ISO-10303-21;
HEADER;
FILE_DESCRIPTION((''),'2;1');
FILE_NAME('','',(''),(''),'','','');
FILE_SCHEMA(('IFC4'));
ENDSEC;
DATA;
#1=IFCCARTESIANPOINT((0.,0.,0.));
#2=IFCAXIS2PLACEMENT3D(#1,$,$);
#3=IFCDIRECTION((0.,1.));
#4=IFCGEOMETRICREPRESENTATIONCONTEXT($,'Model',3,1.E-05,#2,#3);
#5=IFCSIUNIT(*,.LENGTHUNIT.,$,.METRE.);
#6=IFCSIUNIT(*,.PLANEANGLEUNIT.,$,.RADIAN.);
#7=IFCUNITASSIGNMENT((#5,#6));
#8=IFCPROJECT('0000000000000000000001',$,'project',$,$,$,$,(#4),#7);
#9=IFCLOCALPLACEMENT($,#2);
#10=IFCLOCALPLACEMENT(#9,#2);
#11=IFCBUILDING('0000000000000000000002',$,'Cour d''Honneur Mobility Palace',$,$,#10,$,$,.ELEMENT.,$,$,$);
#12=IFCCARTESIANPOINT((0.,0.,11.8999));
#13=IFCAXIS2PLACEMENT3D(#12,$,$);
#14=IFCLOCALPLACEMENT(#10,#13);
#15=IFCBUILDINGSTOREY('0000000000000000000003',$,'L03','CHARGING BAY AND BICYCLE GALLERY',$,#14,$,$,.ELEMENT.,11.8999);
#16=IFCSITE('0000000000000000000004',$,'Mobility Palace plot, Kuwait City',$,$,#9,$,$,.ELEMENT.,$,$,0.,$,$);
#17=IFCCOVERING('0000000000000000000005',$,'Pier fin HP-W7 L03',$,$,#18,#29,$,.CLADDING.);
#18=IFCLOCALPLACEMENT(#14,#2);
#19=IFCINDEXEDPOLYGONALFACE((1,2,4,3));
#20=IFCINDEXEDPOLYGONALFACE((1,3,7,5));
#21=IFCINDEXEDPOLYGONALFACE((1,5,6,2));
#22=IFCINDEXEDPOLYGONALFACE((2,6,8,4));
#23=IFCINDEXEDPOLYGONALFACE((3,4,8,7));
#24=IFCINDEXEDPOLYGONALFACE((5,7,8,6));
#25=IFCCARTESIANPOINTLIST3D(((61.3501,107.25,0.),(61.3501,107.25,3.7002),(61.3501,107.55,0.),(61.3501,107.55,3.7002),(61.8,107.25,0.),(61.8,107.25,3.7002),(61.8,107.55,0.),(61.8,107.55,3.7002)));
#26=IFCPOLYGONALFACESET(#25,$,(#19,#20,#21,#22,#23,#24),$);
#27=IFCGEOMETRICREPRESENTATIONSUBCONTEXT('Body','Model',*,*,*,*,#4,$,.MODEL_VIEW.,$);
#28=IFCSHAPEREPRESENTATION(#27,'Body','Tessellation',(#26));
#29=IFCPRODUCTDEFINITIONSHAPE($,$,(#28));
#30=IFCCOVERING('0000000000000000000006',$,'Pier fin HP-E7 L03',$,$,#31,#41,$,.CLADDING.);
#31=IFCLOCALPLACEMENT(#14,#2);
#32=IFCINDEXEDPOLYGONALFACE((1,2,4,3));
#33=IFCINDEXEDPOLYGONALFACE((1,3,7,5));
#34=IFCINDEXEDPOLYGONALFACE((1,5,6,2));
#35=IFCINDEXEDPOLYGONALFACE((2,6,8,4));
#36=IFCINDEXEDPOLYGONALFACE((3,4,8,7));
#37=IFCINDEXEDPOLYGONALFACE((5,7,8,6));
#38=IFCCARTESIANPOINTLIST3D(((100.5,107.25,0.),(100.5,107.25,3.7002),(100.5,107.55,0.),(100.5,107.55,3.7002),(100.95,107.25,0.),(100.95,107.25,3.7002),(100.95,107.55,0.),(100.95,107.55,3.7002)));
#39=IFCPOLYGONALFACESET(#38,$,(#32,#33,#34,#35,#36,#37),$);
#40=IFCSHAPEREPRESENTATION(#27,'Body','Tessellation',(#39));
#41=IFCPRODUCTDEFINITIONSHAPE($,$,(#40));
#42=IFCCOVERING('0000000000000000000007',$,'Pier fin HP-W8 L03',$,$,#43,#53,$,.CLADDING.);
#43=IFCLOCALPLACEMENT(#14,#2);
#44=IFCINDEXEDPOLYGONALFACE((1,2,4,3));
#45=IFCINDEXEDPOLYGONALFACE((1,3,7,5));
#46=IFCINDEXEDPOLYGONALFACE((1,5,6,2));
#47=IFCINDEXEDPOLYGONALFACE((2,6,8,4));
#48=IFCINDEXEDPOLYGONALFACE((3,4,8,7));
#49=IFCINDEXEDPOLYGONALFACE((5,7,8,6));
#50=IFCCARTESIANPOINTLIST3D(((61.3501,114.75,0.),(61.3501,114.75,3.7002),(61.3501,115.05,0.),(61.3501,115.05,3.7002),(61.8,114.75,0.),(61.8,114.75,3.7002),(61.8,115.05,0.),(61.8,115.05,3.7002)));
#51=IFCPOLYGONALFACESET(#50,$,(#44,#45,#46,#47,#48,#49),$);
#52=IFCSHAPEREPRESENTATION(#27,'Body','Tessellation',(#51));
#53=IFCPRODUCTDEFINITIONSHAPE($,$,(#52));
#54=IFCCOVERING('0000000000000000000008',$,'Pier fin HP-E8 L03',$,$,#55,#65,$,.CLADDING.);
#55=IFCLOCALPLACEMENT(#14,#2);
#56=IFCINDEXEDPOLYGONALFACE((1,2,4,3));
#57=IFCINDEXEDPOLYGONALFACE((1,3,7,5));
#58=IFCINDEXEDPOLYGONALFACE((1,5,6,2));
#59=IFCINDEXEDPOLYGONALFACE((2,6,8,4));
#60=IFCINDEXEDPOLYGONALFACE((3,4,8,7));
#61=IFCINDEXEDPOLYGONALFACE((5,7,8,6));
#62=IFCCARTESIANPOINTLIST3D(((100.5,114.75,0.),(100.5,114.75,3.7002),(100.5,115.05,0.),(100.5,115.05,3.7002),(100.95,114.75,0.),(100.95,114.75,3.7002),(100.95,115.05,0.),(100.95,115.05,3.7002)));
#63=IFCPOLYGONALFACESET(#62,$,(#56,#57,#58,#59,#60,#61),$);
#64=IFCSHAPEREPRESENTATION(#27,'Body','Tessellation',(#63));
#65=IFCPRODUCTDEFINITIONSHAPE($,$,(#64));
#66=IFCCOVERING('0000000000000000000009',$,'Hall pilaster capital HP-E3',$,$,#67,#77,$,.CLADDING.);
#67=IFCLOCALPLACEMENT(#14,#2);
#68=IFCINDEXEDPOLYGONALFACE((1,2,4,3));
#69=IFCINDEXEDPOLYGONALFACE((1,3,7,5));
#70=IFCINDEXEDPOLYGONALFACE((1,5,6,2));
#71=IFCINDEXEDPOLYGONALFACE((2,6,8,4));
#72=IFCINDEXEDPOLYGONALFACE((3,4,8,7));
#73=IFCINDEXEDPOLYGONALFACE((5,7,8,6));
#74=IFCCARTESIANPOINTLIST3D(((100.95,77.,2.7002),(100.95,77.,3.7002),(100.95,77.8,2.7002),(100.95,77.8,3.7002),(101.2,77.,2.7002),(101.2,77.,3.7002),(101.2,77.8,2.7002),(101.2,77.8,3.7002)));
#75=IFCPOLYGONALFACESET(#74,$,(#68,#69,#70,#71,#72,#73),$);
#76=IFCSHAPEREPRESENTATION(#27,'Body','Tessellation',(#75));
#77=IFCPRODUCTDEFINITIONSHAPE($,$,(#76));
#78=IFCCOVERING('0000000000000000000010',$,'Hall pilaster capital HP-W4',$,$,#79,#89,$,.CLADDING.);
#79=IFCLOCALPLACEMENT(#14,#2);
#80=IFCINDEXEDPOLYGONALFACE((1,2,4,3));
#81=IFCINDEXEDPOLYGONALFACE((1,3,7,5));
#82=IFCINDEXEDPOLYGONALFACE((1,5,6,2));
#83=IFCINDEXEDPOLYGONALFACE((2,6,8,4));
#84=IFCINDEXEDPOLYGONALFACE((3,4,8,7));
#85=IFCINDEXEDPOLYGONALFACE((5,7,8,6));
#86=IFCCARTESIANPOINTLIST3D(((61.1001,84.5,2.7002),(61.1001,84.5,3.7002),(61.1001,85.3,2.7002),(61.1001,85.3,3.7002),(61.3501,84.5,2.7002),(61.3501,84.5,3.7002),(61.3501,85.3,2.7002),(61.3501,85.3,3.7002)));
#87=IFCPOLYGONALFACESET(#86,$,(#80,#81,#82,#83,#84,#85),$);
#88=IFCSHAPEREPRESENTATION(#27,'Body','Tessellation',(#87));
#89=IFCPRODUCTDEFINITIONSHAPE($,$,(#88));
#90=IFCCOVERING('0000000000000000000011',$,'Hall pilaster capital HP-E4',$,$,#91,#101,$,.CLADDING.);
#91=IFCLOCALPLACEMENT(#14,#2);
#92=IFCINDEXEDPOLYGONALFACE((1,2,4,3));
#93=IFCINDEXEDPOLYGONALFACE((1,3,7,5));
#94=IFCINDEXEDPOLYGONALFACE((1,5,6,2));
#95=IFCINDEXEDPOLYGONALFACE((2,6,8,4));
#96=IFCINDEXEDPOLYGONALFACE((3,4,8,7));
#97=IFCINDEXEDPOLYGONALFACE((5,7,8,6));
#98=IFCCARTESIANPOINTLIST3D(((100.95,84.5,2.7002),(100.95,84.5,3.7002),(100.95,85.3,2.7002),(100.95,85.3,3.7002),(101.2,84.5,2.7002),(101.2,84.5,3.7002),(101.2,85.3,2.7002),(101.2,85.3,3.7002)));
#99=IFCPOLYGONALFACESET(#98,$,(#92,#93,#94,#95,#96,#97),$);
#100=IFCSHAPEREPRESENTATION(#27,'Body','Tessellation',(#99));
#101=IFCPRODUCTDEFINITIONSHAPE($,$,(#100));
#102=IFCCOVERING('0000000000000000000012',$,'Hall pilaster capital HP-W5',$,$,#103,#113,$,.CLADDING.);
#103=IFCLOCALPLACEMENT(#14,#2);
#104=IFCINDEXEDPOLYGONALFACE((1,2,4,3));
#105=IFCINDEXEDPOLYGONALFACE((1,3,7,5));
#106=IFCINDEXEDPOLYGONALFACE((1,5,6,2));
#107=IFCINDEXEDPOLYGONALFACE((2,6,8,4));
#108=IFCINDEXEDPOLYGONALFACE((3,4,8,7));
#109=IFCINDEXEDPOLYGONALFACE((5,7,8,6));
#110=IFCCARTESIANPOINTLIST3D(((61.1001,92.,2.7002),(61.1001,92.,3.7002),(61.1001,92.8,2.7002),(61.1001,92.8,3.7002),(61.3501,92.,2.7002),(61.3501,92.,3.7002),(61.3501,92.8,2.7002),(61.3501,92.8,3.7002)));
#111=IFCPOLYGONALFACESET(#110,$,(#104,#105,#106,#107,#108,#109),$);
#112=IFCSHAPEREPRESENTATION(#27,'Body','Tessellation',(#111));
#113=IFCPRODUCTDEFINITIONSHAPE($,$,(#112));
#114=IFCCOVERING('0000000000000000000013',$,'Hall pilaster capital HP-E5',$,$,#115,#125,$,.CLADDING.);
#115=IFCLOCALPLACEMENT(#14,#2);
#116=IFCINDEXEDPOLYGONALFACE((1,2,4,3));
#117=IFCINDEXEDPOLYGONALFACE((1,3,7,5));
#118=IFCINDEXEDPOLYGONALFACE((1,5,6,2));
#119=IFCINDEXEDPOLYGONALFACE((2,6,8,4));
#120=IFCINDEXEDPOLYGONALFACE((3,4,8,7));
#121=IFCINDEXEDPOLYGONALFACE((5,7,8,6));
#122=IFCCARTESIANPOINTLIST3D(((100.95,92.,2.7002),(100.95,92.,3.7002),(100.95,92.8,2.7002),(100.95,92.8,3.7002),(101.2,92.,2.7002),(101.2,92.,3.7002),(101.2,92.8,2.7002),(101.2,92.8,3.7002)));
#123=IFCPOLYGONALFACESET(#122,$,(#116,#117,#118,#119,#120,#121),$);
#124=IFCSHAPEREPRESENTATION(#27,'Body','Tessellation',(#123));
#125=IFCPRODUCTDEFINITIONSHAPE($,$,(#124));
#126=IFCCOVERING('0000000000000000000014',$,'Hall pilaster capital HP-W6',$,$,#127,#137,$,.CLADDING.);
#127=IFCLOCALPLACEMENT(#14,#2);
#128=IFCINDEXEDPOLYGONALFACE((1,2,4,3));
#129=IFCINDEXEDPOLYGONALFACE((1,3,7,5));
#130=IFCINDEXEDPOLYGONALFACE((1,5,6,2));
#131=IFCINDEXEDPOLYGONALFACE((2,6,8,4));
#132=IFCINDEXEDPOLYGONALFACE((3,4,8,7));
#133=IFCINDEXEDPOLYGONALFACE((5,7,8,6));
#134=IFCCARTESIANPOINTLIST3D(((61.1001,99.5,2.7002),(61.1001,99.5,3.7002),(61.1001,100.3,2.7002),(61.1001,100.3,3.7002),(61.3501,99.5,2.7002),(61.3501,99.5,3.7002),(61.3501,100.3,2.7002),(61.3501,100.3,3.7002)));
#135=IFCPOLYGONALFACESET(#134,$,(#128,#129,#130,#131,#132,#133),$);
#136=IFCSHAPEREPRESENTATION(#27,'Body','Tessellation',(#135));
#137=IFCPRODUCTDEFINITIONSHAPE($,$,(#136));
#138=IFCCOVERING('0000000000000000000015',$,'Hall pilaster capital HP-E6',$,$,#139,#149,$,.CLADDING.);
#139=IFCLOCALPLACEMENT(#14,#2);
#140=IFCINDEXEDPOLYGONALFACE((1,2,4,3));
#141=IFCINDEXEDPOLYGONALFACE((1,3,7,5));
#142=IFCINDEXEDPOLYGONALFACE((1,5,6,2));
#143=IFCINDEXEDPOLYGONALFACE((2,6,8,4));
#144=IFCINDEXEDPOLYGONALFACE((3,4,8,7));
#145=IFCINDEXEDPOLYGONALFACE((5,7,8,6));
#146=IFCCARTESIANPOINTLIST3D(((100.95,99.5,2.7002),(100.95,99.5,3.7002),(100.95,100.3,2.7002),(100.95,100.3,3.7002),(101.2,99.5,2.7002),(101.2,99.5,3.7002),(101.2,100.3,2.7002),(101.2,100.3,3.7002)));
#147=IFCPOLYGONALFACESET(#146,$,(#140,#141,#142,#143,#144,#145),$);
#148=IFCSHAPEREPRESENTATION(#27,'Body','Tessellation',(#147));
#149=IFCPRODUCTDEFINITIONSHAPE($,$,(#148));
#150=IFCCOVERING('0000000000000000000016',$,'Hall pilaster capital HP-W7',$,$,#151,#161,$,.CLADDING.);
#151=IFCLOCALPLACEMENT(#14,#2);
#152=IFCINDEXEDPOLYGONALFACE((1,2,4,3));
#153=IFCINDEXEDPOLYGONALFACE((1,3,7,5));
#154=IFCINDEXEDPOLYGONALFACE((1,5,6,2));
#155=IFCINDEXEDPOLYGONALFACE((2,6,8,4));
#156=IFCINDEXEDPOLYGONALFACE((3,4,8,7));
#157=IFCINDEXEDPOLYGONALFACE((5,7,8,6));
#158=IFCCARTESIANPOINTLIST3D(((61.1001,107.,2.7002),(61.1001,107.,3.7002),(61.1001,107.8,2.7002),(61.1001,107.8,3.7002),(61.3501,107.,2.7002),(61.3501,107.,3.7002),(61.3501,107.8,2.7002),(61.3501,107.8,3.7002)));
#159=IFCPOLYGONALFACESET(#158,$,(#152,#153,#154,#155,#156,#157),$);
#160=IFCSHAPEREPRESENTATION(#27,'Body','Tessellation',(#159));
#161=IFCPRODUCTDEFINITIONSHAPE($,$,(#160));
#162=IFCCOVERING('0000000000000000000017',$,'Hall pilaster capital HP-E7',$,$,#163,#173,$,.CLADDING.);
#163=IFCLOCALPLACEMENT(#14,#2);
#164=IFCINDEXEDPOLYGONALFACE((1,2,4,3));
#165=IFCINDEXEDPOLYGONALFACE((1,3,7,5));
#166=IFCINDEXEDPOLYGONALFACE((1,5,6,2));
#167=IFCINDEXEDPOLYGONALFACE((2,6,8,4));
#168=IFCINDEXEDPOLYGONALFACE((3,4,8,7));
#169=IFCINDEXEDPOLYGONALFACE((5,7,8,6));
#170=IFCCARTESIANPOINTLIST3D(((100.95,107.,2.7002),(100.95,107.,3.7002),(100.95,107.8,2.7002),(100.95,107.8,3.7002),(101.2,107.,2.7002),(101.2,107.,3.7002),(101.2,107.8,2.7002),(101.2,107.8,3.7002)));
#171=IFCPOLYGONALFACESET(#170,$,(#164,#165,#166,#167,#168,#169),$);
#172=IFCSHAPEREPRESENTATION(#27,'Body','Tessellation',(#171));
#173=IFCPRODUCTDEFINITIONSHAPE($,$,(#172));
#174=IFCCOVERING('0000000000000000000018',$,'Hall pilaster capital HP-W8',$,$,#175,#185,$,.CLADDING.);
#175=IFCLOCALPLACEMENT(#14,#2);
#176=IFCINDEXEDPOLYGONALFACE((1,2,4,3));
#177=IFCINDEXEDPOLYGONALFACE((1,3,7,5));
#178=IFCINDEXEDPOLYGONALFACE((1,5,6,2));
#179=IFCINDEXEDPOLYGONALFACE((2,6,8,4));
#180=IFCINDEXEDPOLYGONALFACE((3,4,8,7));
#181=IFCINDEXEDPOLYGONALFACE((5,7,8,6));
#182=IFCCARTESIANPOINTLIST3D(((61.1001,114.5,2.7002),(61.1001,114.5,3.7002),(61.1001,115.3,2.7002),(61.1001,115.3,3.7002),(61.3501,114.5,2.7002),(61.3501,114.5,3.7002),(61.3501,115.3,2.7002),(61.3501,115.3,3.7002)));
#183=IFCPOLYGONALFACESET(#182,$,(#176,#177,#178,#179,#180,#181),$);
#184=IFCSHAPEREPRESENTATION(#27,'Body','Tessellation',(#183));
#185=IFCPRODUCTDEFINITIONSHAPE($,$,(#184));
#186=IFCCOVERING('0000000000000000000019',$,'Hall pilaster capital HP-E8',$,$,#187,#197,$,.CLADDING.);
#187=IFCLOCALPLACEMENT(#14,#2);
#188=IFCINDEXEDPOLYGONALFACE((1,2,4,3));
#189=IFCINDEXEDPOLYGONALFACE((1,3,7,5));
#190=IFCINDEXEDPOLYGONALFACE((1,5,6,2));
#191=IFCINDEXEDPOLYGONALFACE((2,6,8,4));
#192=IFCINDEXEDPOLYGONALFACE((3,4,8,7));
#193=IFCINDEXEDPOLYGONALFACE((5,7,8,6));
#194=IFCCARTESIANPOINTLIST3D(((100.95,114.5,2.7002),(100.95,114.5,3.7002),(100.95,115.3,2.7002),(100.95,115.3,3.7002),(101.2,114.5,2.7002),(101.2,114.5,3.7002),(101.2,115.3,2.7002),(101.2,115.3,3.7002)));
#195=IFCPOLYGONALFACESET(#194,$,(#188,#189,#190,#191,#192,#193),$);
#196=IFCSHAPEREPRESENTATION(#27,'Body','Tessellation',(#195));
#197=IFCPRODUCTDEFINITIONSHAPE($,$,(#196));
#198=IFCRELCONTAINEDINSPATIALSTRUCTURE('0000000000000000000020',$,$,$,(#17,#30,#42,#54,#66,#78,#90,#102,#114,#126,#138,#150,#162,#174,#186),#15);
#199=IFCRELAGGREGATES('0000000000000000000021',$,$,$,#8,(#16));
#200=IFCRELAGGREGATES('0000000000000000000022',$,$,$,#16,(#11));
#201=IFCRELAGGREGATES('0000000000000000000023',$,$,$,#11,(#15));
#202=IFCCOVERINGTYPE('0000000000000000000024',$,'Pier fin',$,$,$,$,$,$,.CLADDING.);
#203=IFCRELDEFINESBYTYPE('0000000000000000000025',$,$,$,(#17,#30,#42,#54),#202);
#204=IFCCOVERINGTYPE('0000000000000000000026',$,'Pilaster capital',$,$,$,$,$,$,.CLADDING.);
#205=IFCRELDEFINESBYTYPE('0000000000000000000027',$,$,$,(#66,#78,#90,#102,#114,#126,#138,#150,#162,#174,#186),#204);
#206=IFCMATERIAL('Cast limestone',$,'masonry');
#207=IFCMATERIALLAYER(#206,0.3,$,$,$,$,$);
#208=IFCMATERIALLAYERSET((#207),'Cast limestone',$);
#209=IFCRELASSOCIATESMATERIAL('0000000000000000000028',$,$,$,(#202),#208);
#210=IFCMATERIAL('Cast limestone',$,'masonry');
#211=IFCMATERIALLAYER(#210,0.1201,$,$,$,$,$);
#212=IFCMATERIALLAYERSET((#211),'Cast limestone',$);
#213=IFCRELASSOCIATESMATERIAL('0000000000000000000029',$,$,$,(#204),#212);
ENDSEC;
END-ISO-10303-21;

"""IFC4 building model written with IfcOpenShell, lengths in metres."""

from ifc_helpers import new_model, si_unit, direction, frame, origin, place, context, subcontext, project, spatial, polyline, outline, extrude, material, layer, layer_set, type_object, element, save


model = new_model("IFC4")

# Units and contexts
model_context = context("Model", 3, precision=1e-05, world=origin(), true_north=direction((0.0, 1.0)))
body_context = subcontext(model_context, "Body", "Model", "MODEL_VIEW")
ifc_project = project(units=[si_unit("LENGTHUNIT", "METRE"), si_unit("PLANEANGLEUNIT", "RADIAN")], contexts=[model_context])

# Site, building, storey
site_placement = place(None, origin())
site = spatial("IfcSite", under=ifc_project, at=site_placement, Name="Mobility Palace plot, Kuwait City", CompositionType="ELEMENT", RefElevation=0.0)
building_placement = place(site_placement, origin())
building = spatial("IfcBuilding", under=site, at=building_placement, Name="Cour d'Honneur Mobility Palace", CompositionType="ELEMENT")
storey_placement = place(building_placement, frame((0.0, 0.0, 11.8999)))
storey = spatial("IfcBuildingStorey", under=building, at=storey_placement, Name="L03", Description="CHARGING BAY AND BICYCLE GALLERY", CompositionType="ELEMENT", Elevation=11.8999)

# Coverings
ifc_material_1 = material(Name="Cast limestone", Category="masonry")
ifc_layer_1 = layer(ifc_material_1, 0.3)
ifc_layer_set_1 = layer_set([ifc_layer_1], Name="Cast limestone")
covering_type_1 = type_object("IfcCoveringType", Name="Pier fin", PredefinedType="CLADDING", material=ifc_layer_set_1)
covering_1_placement = place(storey_placement, origin())
element("IfcCovering", 1, at=covering_1_placement, inside=storey, type_object=covering_type_1, Name="Pier fin HP-W7 L03", PredefinedType="CLADDING", context=body_context, shape_type="SweptSolid", body=[
    extrude(outline(polyline([(61.3501, 107.25), (61.8, 107.25), (61.8, 107.55), (61.3501, 107.55), (61.3501, 107.25)])), origin(), (0.0, 0.0, 1.0), 3.7002),
])
covering_2_placement = place(storey_placement, origin())
element("IfcCovering", 2, at=covering_2_placement, inside=storey, type_object=covering_type_1, Name="Pier fin HP-E7 L03", PredefinedType="CLADDING", context=body_context, shape_type="SweptSolid", body=[
    extrude(outline(polyline([(100.5, 107.25), (100.95, 107.25), (100.95, 107.55), (100.5, 107.55), (100.5, 107.25)])), origin(), (0.0, 0.0, 1.0), 3.7002),
])
covering_3_placement = place(storey_placement, origin())
element("IfcCovering", 3, at=covering_3_placement, inside=storey, type_object=covering_type_1, Name="Pier fin HP-W8 L03", PredefinedType="CLADDING", context=body_context, shape_type="SweptSolid", body=[
    extrude(outline(polyline([(61.3501, 114.75), (61.8, 114.75), (61.8, 115.05), (61.3501, 115.05), (61.3501, 114.75)])), origin(), (0.0, 0.0, 1.0), 3.7002),
])
covering_4_placement = place(storey_placement, origin())
element("IfcCovering", 4, at=covering_4_placement, inside=storey, type_object=covering_type_1, Name="Pier fin HP-E8 L03", PredefinedType="CLADDING", context=body_context, shape_type="SweptSolid", body=[
    extrude(outline(polyline([(100.5, 114.75), (100.95, 114.75), (100.95, 115.05), (100.5, 115.05), (100.5, 114.75)])), origin(), (0.0, 0.0, 1.0), 3.7002),
])
ifc_material_2 = material(Name="Cast limestone", Category="masonry")
ifc_layer_2 = layer(ifc_material_2, 0.1201)
ifc_layer_set_2 = layer_set([ifc_layer_2], Name="Cast limestone")
covering_type_2 = type_object("IfcCoveringType", Name="Pilaster capital", PredefinedType="CLADDING", material=ifc_layer_set_2)
covering_5_placement = place(storey_placement, frame((0.0, 0.0, 2.7002)))
element("IfcCovering", 5, at=covering_5_placement, inside=storey, type_object=covering_type_2, Name="Hall pilaster capital HP-E3", PredefinedType="CLADDING", context=body_context, shape_type="SweptSolid", body=[
    extrude(outline(polyline([(100.95, 77.0), (101.2, 77.0), (101.2, 77.8), (100.95, 77.8), (100.95, 77.0)])), origin(), (0.0, 0.0, 1.0), 1.0),
])
covering_6_placement = place(storey_placement, frame((0.0, 0.0, 2.7002)))
element("IfcCovering", 6, at=covering_6_placement, inside=storey, type_object=covering_type_2, Name="Hall pilaster capital HP-W4", PredefinedType="CLADDING", context=body_context, shape_type="SweptSolid", body=[
    extrude(outline(polyline([(61.1001, 84.5), (61.3501, 84.5), (61.3501, 85.3), (61.1001, 85.3), (61.1001, 84.5)])), origin(), (0.0, 0.0, 1.0), 1.0),
])
covering_7_placement = place(storey_placement, frame((0.0, 0.0, 2.7002)))
element("IfcCovering", 7, at=covering_7_placement, inside=storey, type_object=covering_type_2, Name="Hall pilaster capital HP-E4", PredefinedType="CLADDING", context=body_context, shape_type="SweptSolid", body=[
    extrude(outline(polyline([(100.95, 84.5), (101.2, 84.5), (101.2, 85.3), (100.95, 85.3), (100.95, 84.5)])), origin(), (0.0, 0.0, 1.0), 1.0),
])
covering_8_placement = place(storey_placement, frame((0.0, 0.0, 2.7002)))
element("IfcCovering", 8, at=covering_8_placement, inside=storey, type_object=covering_type_2, Name="Hall pilaster capital HP-W5", PredefinedType="CLADDING", context=body_context, shape_type="SweptSolid", body=[
    extrude(outline(polyline([(61.1001, 92.0), (61.3501, 92.0), (61.3501, 92.8), (61.1001, 92.8), (61.1001, 92.0)])), origin(), (0.0, 0.0, 1.0), 1.0),
])
covering_9_placement = place(storey_placement, frame((0.0, 0.0, 2.7002)))
element("IfcCovering", 9, at=covering_9_placement, inside=storey, type_object=covering_type_2, Name="Hall pilaster capital HP-E5", PredefinedType="CLADDING", context=body_context, shape_type="SweptSolid", body=[
    extrude(outline(polyline([(100.95, 92.0), (101.2, 92.0), (101.2, 92.8), (100.95, 92.8), (100.95, 92.0)])), origin(), (0.0, 0.0, 1.0), 1.0),
])
covering_10_placement = place(storey_placement, frame((0.0, 0.0, 2.7002)))
element("IfcCovering", 10, at=covering_10_placement, inside=storey, type_object=covering_type_2, Name="Hall pilaster capital HP-W6", PredefinedType="CLADDING", context=body_context, shape_type="SweptSolid", body=[
    extrude(outline(polyline([(61.1001, 99.5), (61.3501, 99.5), (61.3501, 100.3), (61.1001, 100.3), (61.1001, 99.5)])), origin(), (0.0, 0.0, 1.0), 1.0),
])
covering_11_placement = place(storey_placement, frame((0.0, 0.0, 2.7002)))
element("IfcCovering", 11, at=covering_11_placement, inside=storey, type_object=covering_type_2, Name="Hall pilaster capital HP-E6", PredefinedType="CLADDING", context=body_context, shape_type="SweptSolid", body=[
    extrude(outline(polyline([(100.95, 99.5), (101.2, 99.5), (101.2, 100.3), (100.95, 100.3), (100.95, 99.5)])), origin(), (0.0, 0.0, 1.0), 1.0),
])
covering_12_placement = place(storey_placement, frame((0.0, 0.0, 2.7002)))
element("IfcCovering", 12, at=covering_12_placement, inside=storey, type_object=covering_type_2, Name="Hall pilaster capital HP-W7", PredefinedType="CLADDING", context=body_context, shape_type="SweptSolid", body=[
    extrude(outline(polyline([(61.1001, 107.0), (61.3501, 107.0), (61.3501, 107.8), (61.1001, 107.8), (61.1001, 107.0)])), origin(), (0.0, 0.0, 1.0), 1.0),
])
covering_13_placement = place(storey_placement, frame((0.0, 0.0, 2.7002)))
element("IfcCovering", 13, at=covering_13_placement, inside=storey, type_object=covering_type_2, Name="Hall pilaster capital HP-E7", PredefinedType="CLADDING", context=body_context, shape_type="SweptSolid", body=[
    extrude(outline(polyline([(100.95, 107.0), (101.2, 107.0), (101.2, 107.8), (100.95, 107.8), (100.95, 107.0)])), origin(), (0.0, 0.0, 1.0), 1.0),
])
covering_14_placement = place(storey_placement, frame((0.0, 0.0, 2.7002)))
element("IfcCovering", 14, at=covering_14_placement, inside=storey, type_object=covering_type_2, Name="Hall pilaster capital HP-W8", PredefinedType="CLADDING", context=body_context, shape_type="SweptSolid", body=[
    extrude(outline(polyline([(61.1001, 114.5), (61.3501, 114.5), (61.3501, 115.3), (61.1001, 115.3), (61.1001, 114.5)])), origin(), (0.0, 0.0, 1.0), 1.0),
])
covering_15_placement = place(storey_placement, frame((0.0, 0.0, 2.7002)))
element("IfcCovering", 15, at=covering_15_placement, inside=storey, type_object=covering_type_2, Name="Hall pilaster capital HP-E8", PredefinedType="CLADDING", context=body_context, shape_type="SweptSolid", body=[
    extrude(outline(polyline([(100.95, 114.5), (101.2, 114.5), (101.2, 115.3), (100.95, 115.3), (100.95, 114.5)])), origin(), (0.0, 0.0, 1.0), 1.0),
])

save(model, "model.ifc")
